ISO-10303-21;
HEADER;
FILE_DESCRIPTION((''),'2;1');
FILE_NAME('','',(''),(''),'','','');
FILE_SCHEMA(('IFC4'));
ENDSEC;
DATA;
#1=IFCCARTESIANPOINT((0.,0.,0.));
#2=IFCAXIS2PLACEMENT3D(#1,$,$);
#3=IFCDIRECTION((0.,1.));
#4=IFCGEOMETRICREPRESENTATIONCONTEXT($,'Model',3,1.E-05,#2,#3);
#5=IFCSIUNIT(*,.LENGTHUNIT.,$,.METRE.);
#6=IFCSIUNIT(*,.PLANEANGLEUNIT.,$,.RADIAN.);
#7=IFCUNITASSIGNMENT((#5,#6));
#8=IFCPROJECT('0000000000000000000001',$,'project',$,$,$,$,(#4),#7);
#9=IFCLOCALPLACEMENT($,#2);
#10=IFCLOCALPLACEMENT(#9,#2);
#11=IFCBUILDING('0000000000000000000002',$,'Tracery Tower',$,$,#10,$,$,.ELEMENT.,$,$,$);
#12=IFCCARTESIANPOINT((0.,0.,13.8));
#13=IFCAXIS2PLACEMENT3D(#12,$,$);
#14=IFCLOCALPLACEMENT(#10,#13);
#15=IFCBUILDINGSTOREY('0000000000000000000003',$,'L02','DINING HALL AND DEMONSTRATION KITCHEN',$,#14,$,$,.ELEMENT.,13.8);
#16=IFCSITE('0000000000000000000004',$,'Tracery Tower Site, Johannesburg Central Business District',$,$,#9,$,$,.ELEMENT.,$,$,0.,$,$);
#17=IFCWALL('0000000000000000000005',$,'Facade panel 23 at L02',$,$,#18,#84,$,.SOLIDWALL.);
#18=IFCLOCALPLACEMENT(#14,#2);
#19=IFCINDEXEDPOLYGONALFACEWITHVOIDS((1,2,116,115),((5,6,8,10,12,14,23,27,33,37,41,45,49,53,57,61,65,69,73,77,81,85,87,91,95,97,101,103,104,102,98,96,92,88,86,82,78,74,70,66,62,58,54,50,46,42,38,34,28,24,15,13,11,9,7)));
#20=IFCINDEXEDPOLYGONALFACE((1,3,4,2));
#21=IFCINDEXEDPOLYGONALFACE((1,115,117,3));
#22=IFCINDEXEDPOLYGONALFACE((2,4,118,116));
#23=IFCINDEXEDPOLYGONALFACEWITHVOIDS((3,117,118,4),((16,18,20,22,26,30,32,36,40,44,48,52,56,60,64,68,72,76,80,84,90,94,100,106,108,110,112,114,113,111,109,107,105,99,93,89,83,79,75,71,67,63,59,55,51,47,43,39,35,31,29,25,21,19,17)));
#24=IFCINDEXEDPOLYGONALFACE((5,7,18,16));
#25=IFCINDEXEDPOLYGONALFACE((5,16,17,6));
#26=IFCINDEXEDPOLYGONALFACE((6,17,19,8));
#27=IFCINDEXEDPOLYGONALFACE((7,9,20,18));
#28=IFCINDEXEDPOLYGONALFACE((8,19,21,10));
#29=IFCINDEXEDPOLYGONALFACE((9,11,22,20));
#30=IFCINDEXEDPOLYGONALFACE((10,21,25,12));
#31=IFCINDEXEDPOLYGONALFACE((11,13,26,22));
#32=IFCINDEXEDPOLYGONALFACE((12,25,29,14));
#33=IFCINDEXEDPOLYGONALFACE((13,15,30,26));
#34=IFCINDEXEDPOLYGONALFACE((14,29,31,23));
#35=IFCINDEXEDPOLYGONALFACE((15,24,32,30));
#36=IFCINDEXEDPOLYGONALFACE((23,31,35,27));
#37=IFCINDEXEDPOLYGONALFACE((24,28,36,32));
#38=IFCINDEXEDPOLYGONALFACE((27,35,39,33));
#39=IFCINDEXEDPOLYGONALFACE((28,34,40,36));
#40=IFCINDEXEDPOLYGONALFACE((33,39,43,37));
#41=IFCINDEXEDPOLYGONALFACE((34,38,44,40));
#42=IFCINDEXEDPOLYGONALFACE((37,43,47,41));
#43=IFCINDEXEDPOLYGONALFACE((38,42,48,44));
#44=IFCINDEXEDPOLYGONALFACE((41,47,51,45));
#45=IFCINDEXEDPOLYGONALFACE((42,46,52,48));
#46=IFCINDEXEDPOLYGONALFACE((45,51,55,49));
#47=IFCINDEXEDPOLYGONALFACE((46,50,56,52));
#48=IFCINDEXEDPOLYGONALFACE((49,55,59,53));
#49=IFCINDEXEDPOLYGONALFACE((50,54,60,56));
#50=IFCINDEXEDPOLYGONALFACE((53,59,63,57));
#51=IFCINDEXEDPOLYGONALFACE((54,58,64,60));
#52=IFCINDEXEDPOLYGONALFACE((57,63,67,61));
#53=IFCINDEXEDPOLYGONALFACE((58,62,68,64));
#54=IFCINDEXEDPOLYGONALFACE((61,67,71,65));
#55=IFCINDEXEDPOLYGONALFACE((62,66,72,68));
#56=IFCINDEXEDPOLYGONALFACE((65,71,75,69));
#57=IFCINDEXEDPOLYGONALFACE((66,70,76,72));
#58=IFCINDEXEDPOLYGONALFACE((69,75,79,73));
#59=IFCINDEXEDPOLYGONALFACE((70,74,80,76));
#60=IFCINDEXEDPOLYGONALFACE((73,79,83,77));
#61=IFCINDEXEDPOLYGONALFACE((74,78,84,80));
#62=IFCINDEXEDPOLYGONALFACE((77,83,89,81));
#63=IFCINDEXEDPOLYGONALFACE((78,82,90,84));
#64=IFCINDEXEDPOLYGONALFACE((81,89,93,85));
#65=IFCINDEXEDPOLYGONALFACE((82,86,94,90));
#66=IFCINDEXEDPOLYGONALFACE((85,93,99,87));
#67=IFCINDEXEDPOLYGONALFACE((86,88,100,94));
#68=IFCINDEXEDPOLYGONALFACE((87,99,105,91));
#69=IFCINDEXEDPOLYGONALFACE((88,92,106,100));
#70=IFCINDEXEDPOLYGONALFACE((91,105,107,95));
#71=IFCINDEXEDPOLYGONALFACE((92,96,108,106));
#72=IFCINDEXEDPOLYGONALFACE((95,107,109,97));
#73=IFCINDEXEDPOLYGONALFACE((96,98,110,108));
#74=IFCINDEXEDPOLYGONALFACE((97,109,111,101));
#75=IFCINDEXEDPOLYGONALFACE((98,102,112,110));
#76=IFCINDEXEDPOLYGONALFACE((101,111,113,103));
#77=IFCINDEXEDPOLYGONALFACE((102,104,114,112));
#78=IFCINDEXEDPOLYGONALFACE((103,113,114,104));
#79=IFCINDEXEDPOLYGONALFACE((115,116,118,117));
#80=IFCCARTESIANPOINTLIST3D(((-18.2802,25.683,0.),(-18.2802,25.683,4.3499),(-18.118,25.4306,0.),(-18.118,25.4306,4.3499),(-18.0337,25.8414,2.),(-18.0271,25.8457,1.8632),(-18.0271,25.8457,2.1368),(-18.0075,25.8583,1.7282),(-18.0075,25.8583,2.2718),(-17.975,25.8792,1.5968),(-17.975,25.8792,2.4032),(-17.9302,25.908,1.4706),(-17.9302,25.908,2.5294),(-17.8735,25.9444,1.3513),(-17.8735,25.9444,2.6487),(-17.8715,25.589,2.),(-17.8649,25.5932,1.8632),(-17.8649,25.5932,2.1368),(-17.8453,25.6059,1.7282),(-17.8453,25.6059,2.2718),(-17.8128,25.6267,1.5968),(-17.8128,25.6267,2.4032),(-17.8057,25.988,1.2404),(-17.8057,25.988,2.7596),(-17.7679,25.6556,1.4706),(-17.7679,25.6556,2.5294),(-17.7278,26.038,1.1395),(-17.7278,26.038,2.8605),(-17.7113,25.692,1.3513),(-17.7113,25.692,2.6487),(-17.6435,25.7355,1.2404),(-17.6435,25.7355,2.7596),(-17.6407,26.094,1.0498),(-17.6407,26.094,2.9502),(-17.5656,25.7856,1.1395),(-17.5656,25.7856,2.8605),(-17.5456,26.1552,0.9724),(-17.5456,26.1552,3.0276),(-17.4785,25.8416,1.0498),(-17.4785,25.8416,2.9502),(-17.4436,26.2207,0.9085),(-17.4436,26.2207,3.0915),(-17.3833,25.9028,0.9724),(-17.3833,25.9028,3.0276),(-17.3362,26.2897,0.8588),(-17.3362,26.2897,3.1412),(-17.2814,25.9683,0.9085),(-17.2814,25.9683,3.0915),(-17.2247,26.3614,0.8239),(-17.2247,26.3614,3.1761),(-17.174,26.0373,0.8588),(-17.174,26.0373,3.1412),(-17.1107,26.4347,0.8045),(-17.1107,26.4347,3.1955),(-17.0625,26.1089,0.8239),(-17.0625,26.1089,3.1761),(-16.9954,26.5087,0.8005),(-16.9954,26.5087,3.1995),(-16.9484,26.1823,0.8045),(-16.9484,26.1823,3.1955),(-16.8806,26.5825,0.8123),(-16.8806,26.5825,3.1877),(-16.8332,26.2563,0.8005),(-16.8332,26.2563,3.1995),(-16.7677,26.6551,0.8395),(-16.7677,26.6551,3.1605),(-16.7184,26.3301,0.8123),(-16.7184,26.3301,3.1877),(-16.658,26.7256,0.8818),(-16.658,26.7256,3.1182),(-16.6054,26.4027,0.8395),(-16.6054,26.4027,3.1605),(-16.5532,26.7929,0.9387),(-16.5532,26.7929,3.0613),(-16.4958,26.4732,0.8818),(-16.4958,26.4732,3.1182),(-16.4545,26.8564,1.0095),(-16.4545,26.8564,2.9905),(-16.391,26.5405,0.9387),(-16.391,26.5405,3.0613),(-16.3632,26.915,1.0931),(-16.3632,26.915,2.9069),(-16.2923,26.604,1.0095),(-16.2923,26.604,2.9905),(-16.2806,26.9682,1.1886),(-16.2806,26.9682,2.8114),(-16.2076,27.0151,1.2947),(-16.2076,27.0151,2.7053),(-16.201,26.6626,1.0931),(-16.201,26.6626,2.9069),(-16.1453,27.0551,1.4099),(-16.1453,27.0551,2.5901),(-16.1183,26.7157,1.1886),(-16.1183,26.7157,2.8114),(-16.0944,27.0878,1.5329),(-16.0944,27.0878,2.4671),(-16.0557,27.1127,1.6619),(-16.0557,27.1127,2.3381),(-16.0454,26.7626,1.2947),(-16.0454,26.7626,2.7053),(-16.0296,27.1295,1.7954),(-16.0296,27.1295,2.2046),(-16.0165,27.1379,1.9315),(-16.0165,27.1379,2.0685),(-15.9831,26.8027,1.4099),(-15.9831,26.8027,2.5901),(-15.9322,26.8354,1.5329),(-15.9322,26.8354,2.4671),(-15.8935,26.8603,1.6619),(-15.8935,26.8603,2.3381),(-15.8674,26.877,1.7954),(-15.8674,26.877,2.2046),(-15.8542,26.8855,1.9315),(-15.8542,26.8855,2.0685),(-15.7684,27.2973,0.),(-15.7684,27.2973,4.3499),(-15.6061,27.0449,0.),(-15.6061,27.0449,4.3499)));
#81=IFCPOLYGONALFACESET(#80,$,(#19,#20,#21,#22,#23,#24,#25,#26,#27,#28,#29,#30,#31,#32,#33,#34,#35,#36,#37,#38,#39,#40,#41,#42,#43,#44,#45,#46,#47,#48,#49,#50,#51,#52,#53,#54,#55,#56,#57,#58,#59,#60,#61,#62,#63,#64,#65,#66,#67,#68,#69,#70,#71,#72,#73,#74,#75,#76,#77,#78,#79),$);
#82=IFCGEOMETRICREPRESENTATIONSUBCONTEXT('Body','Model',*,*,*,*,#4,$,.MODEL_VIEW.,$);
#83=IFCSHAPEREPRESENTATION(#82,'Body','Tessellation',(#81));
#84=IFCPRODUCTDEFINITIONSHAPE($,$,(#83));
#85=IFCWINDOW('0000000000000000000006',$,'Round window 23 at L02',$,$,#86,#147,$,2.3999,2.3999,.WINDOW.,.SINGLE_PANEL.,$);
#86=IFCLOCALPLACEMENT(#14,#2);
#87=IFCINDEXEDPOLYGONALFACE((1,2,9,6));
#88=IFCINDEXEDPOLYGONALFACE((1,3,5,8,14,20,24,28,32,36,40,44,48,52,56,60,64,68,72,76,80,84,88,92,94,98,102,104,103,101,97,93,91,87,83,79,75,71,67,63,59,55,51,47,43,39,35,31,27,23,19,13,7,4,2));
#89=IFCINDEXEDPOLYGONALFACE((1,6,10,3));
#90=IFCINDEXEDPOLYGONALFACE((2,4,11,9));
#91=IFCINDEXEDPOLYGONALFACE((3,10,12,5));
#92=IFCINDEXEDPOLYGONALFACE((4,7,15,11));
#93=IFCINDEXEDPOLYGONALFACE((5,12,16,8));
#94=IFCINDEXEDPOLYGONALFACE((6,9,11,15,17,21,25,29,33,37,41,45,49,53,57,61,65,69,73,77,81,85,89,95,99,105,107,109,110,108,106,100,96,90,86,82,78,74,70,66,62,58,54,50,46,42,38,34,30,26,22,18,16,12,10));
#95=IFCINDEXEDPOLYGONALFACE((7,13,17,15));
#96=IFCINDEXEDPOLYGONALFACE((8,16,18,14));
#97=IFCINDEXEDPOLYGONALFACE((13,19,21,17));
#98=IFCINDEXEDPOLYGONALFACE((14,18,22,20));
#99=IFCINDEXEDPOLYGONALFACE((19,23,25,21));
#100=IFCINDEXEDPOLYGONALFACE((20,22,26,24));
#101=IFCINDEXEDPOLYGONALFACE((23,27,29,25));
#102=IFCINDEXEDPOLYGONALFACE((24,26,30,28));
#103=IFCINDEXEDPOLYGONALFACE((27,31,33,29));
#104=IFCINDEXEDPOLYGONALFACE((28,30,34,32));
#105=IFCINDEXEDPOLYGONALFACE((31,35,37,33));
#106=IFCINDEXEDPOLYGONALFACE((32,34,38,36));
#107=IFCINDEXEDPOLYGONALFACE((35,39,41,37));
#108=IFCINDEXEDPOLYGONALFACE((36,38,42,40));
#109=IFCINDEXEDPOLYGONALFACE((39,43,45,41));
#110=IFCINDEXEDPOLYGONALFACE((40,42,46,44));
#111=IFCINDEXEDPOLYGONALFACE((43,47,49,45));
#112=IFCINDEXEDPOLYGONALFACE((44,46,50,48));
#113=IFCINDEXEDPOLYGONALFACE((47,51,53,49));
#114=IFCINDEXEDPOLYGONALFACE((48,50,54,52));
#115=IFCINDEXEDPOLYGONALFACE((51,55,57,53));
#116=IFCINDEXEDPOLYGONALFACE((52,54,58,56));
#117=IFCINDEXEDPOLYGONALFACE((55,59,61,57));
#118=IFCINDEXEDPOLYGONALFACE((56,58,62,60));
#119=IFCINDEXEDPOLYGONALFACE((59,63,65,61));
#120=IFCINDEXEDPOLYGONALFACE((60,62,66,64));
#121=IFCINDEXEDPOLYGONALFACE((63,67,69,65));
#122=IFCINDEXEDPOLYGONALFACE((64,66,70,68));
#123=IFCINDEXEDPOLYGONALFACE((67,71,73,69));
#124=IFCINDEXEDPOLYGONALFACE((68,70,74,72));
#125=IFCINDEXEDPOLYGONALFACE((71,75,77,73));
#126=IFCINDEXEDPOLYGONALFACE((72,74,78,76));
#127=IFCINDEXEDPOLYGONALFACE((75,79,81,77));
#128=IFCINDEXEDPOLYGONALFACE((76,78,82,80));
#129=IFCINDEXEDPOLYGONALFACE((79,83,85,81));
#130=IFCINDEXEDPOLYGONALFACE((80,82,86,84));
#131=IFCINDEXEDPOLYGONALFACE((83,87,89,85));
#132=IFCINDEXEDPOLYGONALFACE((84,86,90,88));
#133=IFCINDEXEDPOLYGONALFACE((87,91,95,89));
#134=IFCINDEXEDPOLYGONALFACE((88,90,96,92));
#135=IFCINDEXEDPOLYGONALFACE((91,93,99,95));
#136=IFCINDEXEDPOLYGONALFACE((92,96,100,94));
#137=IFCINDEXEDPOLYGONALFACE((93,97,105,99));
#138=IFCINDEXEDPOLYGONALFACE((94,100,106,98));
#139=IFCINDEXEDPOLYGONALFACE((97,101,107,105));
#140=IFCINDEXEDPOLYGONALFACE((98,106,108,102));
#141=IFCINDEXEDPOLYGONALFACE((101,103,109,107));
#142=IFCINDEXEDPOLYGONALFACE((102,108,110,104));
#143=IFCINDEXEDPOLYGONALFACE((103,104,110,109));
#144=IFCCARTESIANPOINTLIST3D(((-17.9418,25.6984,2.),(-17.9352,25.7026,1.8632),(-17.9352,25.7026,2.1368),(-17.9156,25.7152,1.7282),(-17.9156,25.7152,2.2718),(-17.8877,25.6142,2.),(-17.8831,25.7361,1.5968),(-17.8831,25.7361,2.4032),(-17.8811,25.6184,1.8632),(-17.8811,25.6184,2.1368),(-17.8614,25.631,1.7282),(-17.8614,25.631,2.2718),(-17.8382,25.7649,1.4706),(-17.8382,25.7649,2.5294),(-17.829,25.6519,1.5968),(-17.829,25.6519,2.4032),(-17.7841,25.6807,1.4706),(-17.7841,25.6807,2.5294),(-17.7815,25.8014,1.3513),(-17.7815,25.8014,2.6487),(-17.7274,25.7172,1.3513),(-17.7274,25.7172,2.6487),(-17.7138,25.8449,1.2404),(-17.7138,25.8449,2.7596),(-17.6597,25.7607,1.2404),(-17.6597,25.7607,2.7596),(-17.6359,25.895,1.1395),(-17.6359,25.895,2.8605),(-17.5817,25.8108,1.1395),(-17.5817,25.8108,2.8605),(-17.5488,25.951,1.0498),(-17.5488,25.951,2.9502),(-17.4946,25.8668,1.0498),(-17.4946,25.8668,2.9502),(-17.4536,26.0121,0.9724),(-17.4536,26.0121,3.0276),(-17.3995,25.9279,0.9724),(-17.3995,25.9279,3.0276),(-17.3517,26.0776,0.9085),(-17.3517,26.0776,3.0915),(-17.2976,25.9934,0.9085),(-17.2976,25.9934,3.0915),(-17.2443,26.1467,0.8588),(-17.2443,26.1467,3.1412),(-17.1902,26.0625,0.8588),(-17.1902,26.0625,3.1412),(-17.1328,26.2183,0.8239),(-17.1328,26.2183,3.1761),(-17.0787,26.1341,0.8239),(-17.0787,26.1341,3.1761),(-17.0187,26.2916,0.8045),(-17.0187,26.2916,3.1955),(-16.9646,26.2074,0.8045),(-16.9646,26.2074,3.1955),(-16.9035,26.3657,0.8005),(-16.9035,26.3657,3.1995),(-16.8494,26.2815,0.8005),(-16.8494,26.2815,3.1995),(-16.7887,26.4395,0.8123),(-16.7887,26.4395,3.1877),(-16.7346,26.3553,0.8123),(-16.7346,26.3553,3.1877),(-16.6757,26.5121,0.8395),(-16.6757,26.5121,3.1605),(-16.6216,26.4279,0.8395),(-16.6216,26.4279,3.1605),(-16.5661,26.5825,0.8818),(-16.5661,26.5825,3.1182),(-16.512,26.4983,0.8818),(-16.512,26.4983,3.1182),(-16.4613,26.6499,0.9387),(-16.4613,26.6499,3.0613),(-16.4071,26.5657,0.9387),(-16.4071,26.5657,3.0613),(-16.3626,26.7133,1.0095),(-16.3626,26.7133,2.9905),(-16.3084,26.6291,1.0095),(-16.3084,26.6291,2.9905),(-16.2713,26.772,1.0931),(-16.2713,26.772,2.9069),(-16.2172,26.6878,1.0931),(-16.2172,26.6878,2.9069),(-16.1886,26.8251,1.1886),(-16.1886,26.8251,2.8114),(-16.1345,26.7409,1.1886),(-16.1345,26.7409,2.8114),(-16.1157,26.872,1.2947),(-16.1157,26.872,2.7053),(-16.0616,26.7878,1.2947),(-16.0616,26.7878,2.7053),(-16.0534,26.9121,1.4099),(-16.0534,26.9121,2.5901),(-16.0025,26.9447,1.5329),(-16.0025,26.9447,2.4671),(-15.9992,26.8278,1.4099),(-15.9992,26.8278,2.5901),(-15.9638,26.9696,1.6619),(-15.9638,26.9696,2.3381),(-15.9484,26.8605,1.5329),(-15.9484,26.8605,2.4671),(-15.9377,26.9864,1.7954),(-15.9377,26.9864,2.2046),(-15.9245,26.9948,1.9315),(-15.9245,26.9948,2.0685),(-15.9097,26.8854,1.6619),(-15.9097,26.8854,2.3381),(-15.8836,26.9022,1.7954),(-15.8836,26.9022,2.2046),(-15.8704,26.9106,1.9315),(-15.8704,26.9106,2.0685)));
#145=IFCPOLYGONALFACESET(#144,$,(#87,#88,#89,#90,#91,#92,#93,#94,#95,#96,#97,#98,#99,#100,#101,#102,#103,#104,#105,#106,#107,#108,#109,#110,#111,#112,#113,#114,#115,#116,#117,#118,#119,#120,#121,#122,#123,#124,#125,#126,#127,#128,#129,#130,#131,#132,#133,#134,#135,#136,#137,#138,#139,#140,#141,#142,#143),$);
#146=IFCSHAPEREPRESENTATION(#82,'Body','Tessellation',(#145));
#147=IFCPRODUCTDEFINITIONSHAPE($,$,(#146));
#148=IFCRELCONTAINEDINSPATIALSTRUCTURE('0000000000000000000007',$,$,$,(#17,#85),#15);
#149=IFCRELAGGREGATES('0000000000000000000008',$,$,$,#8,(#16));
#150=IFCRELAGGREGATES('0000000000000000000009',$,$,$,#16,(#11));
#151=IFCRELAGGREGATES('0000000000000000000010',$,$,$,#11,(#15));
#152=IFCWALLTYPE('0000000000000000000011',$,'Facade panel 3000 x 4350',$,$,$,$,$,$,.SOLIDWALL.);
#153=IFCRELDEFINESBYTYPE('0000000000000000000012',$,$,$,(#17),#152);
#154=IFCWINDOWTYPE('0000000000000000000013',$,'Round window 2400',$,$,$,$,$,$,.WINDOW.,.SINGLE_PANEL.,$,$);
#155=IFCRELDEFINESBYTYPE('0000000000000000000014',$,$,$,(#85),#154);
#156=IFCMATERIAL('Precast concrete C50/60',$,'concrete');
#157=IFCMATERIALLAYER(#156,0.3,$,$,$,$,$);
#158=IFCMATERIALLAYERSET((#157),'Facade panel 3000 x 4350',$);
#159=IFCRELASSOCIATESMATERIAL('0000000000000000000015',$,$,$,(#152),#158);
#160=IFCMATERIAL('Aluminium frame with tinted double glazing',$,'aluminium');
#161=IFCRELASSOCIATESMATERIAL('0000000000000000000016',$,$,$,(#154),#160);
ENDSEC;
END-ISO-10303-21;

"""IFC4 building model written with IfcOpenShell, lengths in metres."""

from ifc_helpers import new_model, si_unit, direction, frame, frame_2d, origin, origin_2d, place, context, subcontext, project, spatial, rectangle, circle, extrude, material, layer, layer_set, type_object, element, fill, save


model = new_model("IFC4")

# Units and contexts
model_context = context("Model", 3, precision=1e-05, world=origin(), true_north=direction((0.0, 1.0)))
body_context = subcontext(model_context, "Body", "Model", "MODEL_VIEW")
ifc_project = project(units=[si_unit("LENGTHUNIT", "METRE"), si_unit("PLANEANGLEUNIT", "RADIAN")], contexts=[model_context])

# Site, building, storey
site_placement = place(None, origin())
site = spatial("IfcSite", under=ifc_project, at=site_placement, Name="Tracery Tower Site, Johannesburg Central Business District", CompositionType="ELEMENT", RefElevation=0.0)
building_placement = place(site_placement, origin())
building = spatial("IfcBuilding", under=site, at=building_placement, Name="Tracery Tower", CompositionType="ELEMENT")
storey_placement = place(building_placement, frame((0.0, 0.0, 13.8)))
storey = spatial("IfcBuildingStorey", under=building, at=storey_placement, Name="L02", Description="DINING HALL AND DEMONSTRATION KITCHEN", CompositionType="ELEMENT", Elevation=13.8)

# Wall, opening, window
ifc_material_1 = material(Name="Precast concrete C50/60", Category="concrete")
ifc_layer_1 = layer(ifc_material_1, 0.3)
ifc_layer_set_1 = layer_set([ifc_layer_1], Name="Facade panel 3000 x 4350")
wall_type_1 = type_object("IfcWallType", Name="Facade panel 3000 x 4350", PredefinedType="SOLIDWALL", material=ifc_layer_set_1)
ifc_material_2 = material(Name="Aluminium frame with tinted double glazing", Category="aluminium")
window_type = type_object("IfcWindowType", Name="Round window 2400", PartitioningType="SINGLE_PANEL", PredefinedType="WINDOW", material=ifc_material_2)
wall_1_placement = place(storey_placement, frame((-15.6873, 27.1711, 0.0), z_axis=(0.0, 0.0, 1.0), x_axis=(-0.841242, -0.540658, 0.0)))
wall_1 = element("IfcWall", 1, at=wall_1_placement, inside=storey, type_object=wall_type_1, Name="Facade panel 23 at L02", PredefinedType="SOLIDWALL", context=body_context, shape_type="SweptSolid", body=[
    extrude(rectangle(XDim=2.9858, YDim=0.3, at=frame_2d((1.4929, 0.0))), origin(), (0.0, 0.0, 1.0), 4.3499),
])
opening_1_placement = place(wall_1_placement, frame((1.4929, 0.0, 2.0)))
opening_1 = element("IfcOpeningElement", 2, at=opening_1_placement, cuts=wall_1, PredefinedType="OPENING", context=body_context, shape_type="SweptSolid", body=[
    extrude(circle(Radius=1.2, at=origin_2d()), frame((0.0, 0.1599, 0.0), z_axis=(0.0, -1.0, 0.0), x_axis=(1.0, 0.0, 0.0)), (0.0, 0.0, 1.0), 0.3201),
])
window_1_placement = place(opening_1_placement, origin())
window_1 = element("IfcWindow", 3, at=window_1_placement, inside=storey, type_object=window_type, Name="Round window 23 at L02", OverallHeight=2.3999, OverallWidth=2.3999, PartitioningType="SINGLE_PANEL", PredefinedType="WINDOW", context=body_context, shape_type="SweptSolid", body=[
    extrude(circle(Radius=1.2, at=origin_2d()), frame((0.0, 0.1201, 0.0), z_axis=(0.0, -1.0, 0.0), x_axis=(1.0, 0.0, 0.0)), (0.0, 0.0, 1.0), 0.1001),
])
fill(opening_1, window_1)

save(model, "model.ifc")
